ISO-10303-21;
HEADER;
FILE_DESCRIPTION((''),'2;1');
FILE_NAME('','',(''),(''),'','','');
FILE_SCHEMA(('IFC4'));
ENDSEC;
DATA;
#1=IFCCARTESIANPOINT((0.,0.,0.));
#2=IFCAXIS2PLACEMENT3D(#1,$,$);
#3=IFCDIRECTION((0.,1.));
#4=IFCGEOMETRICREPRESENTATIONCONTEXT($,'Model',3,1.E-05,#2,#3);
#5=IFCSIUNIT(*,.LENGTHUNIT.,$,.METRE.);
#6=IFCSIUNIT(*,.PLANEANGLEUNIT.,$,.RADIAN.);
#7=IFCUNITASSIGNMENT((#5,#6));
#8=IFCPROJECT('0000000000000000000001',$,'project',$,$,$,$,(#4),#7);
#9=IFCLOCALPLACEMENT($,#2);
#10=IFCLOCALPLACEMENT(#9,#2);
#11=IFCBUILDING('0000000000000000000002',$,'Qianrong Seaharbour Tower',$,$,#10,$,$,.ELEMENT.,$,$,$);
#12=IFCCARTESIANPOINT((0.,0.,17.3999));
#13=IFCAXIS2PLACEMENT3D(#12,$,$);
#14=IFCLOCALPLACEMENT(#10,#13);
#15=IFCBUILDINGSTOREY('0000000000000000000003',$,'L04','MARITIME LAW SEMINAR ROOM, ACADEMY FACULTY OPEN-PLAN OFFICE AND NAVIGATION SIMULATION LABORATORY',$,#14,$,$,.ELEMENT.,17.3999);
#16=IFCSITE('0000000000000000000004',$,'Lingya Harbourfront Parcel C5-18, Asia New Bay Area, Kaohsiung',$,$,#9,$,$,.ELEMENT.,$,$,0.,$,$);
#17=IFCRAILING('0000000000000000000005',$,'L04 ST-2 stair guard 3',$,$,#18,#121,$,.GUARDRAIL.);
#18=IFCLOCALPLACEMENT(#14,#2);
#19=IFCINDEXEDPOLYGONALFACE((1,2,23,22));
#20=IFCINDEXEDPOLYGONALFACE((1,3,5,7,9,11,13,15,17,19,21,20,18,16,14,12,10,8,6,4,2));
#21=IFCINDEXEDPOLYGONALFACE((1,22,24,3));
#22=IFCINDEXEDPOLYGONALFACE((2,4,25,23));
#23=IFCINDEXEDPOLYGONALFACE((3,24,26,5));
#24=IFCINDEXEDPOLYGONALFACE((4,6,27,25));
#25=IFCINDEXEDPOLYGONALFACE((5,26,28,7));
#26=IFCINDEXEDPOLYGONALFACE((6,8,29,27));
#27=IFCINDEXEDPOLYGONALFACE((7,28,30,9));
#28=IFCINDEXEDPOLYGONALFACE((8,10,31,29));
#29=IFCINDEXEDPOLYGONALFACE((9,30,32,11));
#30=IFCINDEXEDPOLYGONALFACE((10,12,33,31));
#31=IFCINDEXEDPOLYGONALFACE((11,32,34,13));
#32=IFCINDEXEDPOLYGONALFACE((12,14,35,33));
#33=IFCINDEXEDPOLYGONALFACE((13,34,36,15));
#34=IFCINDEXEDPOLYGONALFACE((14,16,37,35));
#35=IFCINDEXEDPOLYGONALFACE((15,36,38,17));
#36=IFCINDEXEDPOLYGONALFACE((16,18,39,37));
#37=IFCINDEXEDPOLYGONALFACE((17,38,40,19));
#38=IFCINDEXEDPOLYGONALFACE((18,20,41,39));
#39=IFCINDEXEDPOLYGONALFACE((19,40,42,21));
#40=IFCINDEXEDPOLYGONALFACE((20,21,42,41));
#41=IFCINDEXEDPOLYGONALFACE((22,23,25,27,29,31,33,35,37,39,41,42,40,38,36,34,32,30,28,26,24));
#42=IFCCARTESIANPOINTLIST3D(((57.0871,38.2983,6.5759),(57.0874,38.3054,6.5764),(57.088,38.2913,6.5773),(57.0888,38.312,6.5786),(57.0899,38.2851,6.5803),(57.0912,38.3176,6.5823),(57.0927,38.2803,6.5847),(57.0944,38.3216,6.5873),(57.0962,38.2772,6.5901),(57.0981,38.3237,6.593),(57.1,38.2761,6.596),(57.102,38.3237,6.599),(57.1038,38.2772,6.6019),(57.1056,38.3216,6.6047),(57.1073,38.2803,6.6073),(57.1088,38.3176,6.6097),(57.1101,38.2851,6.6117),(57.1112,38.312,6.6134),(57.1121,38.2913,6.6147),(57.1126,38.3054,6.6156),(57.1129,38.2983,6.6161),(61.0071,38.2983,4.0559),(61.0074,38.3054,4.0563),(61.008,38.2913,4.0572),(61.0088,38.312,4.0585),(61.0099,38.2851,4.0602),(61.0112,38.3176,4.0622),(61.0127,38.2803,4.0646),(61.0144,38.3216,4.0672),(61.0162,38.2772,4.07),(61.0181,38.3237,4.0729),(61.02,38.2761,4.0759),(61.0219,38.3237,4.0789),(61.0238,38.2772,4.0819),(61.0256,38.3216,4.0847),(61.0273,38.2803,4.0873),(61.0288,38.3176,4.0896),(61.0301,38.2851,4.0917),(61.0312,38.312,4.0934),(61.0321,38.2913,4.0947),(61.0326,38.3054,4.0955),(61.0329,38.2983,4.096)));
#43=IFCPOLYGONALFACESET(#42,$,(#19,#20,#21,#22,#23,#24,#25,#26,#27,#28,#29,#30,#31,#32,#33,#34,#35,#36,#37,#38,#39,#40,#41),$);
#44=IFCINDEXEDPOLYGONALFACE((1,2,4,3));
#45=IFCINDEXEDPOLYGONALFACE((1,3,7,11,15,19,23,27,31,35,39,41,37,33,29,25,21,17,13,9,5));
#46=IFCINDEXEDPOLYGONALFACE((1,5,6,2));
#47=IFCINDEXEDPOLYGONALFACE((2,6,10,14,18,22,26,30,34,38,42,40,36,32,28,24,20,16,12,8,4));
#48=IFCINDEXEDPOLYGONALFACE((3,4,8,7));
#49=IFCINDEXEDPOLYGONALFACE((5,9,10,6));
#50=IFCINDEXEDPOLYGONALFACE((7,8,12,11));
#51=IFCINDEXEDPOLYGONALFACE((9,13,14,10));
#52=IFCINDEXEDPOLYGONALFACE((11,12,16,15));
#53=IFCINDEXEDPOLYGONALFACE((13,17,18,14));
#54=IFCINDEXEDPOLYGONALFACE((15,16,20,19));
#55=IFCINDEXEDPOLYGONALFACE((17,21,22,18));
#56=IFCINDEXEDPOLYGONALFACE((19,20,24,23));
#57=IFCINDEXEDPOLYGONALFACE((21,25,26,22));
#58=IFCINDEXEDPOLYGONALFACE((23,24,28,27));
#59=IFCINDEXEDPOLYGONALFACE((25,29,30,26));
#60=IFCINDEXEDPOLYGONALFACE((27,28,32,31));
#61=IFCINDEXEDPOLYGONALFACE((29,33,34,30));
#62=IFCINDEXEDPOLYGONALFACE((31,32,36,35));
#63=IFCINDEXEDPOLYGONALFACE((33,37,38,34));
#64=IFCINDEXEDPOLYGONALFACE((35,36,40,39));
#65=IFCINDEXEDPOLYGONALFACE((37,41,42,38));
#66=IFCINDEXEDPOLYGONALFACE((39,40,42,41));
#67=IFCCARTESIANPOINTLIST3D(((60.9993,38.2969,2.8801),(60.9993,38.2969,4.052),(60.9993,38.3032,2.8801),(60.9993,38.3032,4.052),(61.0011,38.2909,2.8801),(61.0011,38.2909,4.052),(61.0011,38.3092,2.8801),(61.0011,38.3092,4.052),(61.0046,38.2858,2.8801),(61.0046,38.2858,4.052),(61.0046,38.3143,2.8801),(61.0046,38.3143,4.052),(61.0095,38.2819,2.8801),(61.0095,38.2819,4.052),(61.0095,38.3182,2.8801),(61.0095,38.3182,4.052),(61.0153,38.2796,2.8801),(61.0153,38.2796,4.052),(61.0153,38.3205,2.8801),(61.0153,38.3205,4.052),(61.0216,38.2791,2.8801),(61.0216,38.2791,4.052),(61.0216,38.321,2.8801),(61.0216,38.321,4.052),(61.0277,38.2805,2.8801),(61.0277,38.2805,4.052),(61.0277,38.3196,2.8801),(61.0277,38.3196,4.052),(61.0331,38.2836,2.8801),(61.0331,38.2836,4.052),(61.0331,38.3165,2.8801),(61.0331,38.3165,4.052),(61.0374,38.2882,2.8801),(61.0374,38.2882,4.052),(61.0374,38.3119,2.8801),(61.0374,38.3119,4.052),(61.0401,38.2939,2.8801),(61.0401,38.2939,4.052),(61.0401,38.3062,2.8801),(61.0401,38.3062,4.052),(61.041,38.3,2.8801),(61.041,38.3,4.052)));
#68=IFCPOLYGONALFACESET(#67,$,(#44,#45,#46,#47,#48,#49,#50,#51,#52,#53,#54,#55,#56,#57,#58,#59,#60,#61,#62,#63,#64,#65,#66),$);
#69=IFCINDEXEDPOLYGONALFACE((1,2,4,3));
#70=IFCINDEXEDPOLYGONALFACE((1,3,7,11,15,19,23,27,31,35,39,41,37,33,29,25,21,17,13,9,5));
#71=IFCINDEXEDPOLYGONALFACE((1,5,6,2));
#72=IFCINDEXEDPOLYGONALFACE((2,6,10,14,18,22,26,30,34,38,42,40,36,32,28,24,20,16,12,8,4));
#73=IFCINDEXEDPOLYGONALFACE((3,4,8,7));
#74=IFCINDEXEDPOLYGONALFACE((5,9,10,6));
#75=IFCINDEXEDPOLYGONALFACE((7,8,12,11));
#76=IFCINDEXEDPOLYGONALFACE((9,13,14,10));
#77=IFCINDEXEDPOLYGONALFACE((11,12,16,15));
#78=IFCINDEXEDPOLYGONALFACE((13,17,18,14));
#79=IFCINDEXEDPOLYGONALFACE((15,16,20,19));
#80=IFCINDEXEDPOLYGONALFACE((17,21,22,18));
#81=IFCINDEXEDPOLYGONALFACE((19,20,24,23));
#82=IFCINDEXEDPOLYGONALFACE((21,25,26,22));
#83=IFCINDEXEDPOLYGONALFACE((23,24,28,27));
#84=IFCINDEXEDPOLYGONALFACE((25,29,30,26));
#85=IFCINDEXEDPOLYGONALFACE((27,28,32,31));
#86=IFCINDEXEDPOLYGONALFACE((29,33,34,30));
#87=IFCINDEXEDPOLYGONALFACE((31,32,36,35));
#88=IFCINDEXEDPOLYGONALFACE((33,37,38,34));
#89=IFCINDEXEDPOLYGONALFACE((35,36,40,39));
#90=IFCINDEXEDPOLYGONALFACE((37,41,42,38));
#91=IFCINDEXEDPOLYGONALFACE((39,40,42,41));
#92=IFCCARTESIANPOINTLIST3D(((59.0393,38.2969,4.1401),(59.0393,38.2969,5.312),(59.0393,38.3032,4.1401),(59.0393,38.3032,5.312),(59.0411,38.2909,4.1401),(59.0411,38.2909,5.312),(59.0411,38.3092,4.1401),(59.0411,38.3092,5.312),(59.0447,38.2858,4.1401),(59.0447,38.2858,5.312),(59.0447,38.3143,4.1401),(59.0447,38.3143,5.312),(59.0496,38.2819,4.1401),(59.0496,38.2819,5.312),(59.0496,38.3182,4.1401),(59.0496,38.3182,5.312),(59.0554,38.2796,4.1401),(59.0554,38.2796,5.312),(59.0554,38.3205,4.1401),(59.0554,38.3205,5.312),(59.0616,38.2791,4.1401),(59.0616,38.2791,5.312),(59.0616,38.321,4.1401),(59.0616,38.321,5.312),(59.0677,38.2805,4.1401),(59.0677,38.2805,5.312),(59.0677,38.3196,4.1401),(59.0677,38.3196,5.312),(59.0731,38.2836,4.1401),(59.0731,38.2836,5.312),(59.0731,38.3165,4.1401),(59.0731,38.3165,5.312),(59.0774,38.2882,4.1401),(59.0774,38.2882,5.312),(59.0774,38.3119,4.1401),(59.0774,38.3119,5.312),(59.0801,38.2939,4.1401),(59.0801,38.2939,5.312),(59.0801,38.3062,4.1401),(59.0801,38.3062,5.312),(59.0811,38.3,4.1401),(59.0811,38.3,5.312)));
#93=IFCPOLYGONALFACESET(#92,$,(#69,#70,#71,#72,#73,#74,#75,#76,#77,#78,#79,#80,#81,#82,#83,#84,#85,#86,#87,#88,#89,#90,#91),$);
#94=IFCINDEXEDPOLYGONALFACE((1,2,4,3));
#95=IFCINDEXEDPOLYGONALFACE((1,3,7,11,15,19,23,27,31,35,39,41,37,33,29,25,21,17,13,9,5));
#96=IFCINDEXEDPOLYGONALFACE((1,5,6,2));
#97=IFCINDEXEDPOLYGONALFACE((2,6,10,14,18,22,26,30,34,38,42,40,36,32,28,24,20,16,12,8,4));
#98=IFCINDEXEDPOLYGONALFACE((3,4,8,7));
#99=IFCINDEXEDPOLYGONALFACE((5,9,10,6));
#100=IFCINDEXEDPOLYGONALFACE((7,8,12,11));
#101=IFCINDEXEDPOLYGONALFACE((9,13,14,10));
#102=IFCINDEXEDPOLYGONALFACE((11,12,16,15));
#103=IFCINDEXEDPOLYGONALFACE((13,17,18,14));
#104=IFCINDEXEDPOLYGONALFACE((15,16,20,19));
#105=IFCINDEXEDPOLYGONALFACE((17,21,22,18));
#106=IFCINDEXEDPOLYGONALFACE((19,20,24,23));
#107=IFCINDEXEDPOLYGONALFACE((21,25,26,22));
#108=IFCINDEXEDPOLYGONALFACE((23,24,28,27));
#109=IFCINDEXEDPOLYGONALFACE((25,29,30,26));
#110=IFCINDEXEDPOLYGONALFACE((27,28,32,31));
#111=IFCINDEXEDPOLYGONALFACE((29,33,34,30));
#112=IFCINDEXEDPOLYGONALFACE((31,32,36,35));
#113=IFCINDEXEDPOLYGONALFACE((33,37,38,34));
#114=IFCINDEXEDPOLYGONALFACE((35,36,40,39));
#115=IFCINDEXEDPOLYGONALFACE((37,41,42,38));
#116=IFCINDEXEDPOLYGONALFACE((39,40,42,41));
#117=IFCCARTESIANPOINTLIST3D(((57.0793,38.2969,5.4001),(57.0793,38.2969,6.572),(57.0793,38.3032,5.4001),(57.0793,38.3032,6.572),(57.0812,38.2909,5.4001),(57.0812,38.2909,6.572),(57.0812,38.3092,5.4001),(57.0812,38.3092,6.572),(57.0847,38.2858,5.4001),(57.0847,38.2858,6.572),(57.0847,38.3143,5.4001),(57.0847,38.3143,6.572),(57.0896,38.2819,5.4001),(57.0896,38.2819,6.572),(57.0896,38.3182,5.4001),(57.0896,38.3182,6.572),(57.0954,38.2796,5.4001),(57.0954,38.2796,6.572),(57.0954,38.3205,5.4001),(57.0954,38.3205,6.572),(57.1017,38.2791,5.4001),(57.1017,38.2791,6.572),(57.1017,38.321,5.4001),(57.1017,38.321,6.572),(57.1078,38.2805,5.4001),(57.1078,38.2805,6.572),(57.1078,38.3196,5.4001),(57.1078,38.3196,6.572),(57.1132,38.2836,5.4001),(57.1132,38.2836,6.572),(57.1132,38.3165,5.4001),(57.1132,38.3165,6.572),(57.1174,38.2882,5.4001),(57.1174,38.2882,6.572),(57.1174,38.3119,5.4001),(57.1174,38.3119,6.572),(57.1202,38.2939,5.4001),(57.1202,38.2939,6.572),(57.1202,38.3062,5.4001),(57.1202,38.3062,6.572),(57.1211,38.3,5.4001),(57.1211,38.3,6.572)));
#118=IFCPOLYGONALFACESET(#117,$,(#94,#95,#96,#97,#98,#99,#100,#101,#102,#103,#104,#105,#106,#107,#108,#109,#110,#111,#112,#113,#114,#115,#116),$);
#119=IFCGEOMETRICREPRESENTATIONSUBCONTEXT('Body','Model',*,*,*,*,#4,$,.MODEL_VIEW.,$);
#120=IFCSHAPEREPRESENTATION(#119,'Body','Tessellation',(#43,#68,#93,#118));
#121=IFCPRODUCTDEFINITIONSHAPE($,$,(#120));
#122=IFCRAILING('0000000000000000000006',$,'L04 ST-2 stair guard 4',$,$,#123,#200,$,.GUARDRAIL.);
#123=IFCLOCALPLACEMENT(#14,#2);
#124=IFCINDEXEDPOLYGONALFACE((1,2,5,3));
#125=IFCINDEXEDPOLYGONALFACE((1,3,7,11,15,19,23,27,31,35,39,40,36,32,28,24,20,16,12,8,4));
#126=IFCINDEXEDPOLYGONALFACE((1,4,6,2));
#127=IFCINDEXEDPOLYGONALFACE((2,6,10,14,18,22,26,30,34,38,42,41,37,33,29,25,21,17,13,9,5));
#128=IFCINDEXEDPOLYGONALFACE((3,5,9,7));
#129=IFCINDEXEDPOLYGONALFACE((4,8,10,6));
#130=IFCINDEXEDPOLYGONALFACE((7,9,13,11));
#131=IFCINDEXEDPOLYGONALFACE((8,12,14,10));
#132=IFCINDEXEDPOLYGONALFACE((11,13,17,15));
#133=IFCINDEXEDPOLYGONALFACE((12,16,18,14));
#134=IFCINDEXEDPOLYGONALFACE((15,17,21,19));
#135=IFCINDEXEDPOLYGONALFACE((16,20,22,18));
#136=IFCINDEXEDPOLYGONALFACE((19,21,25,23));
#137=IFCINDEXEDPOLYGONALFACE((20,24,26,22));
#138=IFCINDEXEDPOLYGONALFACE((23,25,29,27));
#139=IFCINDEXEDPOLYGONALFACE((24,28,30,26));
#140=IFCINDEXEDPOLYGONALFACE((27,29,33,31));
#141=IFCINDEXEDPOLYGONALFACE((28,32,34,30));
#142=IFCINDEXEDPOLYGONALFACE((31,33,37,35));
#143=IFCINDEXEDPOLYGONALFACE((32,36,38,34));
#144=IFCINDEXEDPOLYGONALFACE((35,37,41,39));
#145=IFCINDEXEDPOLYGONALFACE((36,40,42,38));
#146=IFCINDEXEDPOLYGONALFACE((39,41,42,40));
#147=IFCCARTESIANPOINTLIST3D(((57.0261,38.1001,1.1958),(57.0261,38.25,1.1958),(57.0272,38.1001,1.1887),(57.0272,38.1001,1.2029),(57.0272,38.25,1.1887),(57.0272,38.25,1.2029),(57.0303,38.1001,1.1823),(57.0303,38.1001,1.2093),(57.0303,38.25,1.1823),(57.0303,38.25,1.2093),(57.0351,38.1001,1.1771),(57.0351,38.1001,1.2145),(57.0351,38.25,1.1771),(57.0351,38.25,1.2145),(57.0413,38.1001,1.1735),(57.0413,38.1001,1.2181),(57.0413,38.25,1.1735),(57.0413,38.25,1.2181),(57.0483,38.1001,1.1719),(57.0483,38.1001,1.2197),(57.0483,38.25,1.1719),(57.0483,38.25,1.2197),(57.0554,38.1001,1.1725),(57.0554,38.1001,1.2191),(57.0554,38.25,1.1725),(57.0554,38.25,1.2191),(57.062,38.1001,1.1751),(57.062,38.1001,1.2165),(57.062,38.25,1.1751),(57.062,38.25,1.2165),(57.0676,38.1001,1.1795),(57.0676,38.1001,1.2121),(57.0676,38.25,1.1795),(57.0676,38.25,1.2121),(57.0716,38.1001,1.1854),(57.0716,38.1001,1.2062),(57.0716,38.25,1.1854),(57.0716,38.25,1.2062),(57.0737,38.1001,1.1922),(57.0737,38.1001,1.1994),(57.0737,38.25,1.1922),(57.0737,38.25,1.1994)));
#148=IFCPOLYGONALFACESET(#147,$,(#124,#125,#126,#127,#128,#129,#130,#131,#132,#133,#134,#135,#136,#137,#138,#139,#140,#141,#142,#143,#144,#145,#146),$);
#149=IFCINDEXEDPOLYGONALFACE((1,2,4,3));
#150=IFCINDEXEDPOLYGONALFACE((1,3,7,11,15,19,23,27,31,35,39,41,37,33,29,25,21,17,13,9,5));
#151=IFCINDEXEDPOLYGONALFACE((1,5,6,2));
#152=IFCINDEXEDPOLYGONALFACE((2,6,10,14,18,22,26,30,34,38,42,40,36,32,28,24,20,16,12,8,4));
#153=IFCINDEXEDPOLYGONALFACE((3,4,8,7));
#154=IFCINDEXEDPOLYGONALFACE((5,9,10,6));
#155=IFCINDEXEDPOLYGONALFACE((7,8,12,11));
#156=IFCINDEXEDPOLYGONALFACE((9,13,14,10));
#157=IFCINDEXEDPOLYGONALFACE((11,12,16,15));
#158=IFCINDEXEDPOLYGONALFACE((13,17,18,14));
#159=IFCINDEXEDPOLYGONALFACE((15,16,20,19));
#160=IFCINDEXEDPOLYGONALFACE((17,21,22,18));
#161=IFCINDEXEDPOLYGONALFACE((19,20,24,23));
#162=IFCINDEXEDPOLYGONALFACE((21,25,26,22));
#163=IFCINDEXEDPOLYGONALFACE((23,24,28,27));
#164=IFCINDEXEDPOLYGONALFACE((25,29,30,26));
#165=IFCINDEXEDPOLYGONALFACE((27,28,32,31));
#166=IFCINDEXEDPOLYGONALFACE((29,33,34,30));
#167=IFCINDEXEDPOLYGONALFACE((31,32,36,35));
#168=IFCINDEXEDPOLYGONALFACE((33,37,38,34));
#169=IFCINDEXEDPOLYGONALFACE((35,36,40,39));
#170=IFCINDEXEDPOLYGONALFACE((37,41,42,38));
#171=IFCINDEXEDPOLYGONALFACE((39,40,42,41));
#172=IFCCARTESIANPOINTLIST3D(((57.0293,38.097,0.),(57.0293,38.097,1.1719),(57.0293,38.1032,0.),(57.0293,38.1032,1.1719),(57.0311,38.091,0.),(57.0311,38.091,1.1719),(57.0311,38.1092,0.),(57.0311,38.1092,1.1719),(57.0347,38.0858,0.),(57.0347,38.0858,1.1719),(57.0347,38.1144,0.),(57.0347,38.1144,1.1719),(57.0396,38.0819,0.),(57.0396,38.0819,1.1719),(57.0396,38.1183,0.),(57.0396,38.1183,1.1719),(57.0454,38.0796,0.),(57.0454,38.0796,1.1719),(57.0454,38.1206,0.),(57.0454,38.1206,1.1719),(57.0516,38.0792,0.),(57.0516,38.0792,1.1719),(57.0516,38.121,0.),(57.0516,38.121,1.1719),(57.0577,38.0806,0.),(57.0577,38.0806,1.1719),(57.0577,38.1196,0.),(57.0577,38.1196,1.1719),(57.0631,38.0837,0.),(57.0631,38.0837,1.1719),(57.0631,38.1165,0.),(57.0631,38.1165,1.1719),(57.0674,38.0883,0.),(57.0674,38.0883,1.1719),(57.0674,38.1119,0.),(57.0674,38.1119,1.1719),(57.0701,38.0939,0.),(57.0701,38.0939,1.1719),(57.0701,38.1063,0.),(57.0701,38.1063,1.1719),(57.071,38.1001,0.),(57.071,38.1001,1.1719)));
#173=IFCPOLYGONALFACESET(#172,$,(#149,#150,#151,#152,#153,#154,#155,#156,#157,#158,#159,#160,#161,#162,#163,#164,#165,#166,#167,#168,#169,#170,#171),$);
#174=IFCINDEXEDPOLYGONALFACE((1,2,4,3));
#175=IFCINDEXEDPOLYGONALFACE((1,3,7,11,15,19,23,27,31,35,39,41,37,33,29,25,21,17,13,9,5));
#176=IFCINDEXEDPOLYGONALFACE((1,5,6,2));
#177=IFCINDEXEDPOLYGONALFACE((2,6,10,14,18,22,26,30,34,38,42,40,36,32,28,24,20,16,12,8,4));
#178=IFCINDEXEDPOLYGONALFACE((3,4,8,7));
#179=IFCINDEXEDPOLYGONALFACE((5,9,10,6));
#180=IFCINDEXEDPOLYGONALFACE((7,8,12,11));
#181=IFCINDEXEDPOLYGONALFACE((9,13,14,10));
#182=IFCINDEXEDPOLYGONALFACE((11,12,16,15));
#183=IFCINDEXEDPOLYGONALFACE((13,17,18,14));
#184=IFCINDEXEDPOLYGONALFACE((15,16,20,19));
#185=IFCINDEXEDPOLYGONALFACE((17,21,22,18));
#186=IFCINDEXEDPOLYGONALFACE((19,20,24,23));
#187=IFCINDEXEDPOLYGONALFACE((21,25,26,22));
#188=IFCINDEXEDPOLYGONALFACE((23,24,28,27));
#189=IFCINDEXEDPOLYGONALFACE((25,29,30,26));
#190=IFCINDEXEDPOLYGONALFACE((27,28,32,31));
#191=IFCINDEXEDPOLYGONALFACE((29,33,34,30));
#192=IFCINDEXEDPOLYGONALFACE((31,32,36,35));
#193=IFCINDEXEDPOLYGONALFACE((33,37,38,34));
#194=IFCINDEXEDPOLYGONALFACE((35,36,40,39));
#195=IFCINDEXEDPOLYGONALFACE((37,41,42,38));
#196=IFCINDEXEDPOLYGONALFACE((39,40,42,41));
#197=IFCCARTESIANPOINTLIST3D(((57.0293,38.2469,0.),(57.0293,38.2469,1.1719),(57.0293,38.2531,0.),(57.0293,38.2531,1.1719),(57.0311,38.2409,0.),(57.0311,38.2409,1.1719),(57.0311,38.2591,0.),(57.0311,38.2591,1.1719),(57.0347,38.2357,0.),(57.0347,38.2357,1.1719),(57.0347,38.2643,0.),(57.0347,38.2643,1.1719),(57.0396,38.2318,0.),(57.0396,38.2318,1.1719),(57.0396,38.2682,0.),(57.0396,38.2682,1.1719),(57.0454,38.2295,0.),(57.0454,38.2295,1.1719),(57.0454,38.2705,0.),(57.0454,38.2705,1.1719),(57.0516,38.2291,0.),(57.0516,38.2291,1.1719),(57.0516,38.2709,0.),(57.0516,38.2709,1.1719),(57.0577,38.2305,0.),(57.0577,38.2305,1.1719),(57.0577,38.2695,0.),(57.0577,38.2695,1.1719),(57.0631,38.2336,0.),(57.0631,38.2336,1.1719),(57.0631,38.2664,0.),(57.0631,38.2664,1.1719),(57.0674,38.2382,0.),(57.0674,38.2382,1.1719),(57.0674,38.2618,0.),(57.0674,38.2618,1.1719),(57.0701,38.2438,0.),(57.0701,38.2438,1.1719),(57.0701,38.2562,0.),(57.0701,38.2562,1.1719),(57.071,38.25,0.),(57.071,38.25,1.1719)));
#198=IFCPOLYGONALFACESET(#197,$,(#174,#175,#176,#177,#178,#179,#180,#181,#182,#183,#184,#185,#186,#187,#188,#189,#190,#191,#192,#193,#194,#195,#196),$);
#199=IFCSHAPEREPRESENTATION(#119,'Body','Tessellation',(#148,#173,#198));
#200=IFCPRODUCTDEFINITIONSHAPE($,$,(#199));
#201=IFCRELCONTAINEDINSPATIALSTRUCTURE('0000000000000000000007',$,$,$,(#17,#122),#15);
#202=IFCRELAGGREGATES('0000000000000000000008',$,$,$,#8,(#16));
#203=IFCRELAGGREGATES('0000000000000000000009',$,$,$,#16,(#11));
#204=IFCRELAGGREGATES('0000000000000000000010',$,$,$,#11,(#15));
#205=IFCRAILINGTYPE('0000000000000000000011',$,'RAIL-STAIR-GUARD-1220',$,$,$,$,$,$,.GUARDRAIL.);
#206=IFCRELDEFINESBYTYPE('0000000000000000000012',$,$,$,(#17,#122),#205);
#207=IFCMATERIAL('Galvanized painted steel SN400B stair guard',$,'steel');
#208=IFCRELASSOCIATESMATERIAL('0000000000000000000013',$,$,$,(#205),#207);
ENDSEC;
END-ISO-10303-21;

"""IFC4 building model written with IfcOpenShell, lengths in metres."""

from ifc_helpers import new_model, si_unit, direction, frame, origin, origin_2d, place, context, subcontext, project, spatial, circle, extrude, material, type_object, element, save


model = new_model("IFC4")

# Units and contexts
model_context = context("Model", 3, precision=1e-05, world=origin(), true_north=direction((0.0, 1.0)))
body_context = subcontext(model_context, "Body", "Model", "MODEL_VIEW")
ifc_project = project(units=[si_unit("LENGTHUNIT", "METRE"), si_unit("PLANEANGLEUNIT", "RADIAN")], contexts=[model_context])

# Site, building, storey
site_placement = place(None, origin())
site = spatial("IfcSite", under=ifc_project, at=site_placement, Name="Lingya Harbourfront Parcel C5-18, Asia New Bay Area, Kaohsiung", CompositionType="ELEMENT", RefElevation=0.0)
building_placement = place(site_placement, origin())
building = spatial("IfcBuilding", under=site, at=building_placement, Name="Qianrong Seaharbour Tower", CompositionType="ELEMENT")
storey_placement = place(building_placement, frame((0.0, 0.0, 17.3999)))
storey = spatial("IfcBuildingStorey", under=building, at=storey_placement, Name="L04", Description="MARITIME LAW SEMINAR ROOM, ACADEMY FACULTY OPEN-PLAN OFFICE AND NAVIGATION SIMULATION LABORATORY", CompositionType="ELEMENT", Elevation=17.3999)

# Railings
ifc_material_1 = material(Name="Galvanized painted steel SN400B stair guard", Category="steel")
railing_type_1 = type_object("IfcRailingType", Name="RAIL-STAIR-GUARD-1220", PredefinedType="GUARDRAIL", material=ifc_material_1)
railing_1_placement = place(storey_placement, frame((61.02, 38.3, 2.8801)))
element("IfcRailing", 1, at=railing_1_placement, inside=storey, type_object=railing_type_1, Name="L04 ST-2 stair guard 3", PredefinedType="GUARDRAIL", context=body_context, shape_type="SweptSolid", body=[
    extrude(circle(Radius=0.0239, at=origin_2d()), frame((0.0, 0.0, 1.1958), z_axis=(-0.841172, 0.0, 0.540768), x_axis=(0.0, -1.0, 0.0)), (0.0, 0.0, 1.0), 4.6602),
    extrude(circle(Radius=0.021, at=origin_2d()), origin(), (0.0, 0.0, 1.0), 1.1719),
    extrude(circle(Radius=0.021, at=origin_2d()), frame((-1.96, 0.0, 1.26)), (0.0, 0.0, 1.0), 1.1719),
    extrude(circle(Radius=0.021, at=origin_2d()), frame((-3.9199, 0.0, 2.52)), (0.0, 0.0, 1.0), 1.1719),
])
railing_2_placement = place(storey_placement, frame((57.05, 38.1001, 0.0)))
element("IfcRailing", 2, at=railing_2_placement, inside=storey, type_object=railing_type_1, Name="L04 ST-2 stair guard 4", PredefinedType="GUARDRAIL", context=body_context, shape_type="SweptSolid", body=[
    extrude(circle(Radius=0.0239, at=origin_2d()), frame((0.0, 0.0, 1.1958), z_axis=(0.0, 1.0, 0.0), x_axis=(-1.0, 0.0, 0.0)), (0.0, 0.0, 1.0), 0.1499),
    extrude(circle(Radius=0.021, at=origin_2d()), origin(), (0.0, 0.0, 1.0), 1.1719),
    extrude(circle(Radius=0.021, at=origin_2d()), frame((0.0, 0.1499, 0.0)), (0.0, 0.0, 1.0), 1.1719),
])

save(model, "model.ifc")
